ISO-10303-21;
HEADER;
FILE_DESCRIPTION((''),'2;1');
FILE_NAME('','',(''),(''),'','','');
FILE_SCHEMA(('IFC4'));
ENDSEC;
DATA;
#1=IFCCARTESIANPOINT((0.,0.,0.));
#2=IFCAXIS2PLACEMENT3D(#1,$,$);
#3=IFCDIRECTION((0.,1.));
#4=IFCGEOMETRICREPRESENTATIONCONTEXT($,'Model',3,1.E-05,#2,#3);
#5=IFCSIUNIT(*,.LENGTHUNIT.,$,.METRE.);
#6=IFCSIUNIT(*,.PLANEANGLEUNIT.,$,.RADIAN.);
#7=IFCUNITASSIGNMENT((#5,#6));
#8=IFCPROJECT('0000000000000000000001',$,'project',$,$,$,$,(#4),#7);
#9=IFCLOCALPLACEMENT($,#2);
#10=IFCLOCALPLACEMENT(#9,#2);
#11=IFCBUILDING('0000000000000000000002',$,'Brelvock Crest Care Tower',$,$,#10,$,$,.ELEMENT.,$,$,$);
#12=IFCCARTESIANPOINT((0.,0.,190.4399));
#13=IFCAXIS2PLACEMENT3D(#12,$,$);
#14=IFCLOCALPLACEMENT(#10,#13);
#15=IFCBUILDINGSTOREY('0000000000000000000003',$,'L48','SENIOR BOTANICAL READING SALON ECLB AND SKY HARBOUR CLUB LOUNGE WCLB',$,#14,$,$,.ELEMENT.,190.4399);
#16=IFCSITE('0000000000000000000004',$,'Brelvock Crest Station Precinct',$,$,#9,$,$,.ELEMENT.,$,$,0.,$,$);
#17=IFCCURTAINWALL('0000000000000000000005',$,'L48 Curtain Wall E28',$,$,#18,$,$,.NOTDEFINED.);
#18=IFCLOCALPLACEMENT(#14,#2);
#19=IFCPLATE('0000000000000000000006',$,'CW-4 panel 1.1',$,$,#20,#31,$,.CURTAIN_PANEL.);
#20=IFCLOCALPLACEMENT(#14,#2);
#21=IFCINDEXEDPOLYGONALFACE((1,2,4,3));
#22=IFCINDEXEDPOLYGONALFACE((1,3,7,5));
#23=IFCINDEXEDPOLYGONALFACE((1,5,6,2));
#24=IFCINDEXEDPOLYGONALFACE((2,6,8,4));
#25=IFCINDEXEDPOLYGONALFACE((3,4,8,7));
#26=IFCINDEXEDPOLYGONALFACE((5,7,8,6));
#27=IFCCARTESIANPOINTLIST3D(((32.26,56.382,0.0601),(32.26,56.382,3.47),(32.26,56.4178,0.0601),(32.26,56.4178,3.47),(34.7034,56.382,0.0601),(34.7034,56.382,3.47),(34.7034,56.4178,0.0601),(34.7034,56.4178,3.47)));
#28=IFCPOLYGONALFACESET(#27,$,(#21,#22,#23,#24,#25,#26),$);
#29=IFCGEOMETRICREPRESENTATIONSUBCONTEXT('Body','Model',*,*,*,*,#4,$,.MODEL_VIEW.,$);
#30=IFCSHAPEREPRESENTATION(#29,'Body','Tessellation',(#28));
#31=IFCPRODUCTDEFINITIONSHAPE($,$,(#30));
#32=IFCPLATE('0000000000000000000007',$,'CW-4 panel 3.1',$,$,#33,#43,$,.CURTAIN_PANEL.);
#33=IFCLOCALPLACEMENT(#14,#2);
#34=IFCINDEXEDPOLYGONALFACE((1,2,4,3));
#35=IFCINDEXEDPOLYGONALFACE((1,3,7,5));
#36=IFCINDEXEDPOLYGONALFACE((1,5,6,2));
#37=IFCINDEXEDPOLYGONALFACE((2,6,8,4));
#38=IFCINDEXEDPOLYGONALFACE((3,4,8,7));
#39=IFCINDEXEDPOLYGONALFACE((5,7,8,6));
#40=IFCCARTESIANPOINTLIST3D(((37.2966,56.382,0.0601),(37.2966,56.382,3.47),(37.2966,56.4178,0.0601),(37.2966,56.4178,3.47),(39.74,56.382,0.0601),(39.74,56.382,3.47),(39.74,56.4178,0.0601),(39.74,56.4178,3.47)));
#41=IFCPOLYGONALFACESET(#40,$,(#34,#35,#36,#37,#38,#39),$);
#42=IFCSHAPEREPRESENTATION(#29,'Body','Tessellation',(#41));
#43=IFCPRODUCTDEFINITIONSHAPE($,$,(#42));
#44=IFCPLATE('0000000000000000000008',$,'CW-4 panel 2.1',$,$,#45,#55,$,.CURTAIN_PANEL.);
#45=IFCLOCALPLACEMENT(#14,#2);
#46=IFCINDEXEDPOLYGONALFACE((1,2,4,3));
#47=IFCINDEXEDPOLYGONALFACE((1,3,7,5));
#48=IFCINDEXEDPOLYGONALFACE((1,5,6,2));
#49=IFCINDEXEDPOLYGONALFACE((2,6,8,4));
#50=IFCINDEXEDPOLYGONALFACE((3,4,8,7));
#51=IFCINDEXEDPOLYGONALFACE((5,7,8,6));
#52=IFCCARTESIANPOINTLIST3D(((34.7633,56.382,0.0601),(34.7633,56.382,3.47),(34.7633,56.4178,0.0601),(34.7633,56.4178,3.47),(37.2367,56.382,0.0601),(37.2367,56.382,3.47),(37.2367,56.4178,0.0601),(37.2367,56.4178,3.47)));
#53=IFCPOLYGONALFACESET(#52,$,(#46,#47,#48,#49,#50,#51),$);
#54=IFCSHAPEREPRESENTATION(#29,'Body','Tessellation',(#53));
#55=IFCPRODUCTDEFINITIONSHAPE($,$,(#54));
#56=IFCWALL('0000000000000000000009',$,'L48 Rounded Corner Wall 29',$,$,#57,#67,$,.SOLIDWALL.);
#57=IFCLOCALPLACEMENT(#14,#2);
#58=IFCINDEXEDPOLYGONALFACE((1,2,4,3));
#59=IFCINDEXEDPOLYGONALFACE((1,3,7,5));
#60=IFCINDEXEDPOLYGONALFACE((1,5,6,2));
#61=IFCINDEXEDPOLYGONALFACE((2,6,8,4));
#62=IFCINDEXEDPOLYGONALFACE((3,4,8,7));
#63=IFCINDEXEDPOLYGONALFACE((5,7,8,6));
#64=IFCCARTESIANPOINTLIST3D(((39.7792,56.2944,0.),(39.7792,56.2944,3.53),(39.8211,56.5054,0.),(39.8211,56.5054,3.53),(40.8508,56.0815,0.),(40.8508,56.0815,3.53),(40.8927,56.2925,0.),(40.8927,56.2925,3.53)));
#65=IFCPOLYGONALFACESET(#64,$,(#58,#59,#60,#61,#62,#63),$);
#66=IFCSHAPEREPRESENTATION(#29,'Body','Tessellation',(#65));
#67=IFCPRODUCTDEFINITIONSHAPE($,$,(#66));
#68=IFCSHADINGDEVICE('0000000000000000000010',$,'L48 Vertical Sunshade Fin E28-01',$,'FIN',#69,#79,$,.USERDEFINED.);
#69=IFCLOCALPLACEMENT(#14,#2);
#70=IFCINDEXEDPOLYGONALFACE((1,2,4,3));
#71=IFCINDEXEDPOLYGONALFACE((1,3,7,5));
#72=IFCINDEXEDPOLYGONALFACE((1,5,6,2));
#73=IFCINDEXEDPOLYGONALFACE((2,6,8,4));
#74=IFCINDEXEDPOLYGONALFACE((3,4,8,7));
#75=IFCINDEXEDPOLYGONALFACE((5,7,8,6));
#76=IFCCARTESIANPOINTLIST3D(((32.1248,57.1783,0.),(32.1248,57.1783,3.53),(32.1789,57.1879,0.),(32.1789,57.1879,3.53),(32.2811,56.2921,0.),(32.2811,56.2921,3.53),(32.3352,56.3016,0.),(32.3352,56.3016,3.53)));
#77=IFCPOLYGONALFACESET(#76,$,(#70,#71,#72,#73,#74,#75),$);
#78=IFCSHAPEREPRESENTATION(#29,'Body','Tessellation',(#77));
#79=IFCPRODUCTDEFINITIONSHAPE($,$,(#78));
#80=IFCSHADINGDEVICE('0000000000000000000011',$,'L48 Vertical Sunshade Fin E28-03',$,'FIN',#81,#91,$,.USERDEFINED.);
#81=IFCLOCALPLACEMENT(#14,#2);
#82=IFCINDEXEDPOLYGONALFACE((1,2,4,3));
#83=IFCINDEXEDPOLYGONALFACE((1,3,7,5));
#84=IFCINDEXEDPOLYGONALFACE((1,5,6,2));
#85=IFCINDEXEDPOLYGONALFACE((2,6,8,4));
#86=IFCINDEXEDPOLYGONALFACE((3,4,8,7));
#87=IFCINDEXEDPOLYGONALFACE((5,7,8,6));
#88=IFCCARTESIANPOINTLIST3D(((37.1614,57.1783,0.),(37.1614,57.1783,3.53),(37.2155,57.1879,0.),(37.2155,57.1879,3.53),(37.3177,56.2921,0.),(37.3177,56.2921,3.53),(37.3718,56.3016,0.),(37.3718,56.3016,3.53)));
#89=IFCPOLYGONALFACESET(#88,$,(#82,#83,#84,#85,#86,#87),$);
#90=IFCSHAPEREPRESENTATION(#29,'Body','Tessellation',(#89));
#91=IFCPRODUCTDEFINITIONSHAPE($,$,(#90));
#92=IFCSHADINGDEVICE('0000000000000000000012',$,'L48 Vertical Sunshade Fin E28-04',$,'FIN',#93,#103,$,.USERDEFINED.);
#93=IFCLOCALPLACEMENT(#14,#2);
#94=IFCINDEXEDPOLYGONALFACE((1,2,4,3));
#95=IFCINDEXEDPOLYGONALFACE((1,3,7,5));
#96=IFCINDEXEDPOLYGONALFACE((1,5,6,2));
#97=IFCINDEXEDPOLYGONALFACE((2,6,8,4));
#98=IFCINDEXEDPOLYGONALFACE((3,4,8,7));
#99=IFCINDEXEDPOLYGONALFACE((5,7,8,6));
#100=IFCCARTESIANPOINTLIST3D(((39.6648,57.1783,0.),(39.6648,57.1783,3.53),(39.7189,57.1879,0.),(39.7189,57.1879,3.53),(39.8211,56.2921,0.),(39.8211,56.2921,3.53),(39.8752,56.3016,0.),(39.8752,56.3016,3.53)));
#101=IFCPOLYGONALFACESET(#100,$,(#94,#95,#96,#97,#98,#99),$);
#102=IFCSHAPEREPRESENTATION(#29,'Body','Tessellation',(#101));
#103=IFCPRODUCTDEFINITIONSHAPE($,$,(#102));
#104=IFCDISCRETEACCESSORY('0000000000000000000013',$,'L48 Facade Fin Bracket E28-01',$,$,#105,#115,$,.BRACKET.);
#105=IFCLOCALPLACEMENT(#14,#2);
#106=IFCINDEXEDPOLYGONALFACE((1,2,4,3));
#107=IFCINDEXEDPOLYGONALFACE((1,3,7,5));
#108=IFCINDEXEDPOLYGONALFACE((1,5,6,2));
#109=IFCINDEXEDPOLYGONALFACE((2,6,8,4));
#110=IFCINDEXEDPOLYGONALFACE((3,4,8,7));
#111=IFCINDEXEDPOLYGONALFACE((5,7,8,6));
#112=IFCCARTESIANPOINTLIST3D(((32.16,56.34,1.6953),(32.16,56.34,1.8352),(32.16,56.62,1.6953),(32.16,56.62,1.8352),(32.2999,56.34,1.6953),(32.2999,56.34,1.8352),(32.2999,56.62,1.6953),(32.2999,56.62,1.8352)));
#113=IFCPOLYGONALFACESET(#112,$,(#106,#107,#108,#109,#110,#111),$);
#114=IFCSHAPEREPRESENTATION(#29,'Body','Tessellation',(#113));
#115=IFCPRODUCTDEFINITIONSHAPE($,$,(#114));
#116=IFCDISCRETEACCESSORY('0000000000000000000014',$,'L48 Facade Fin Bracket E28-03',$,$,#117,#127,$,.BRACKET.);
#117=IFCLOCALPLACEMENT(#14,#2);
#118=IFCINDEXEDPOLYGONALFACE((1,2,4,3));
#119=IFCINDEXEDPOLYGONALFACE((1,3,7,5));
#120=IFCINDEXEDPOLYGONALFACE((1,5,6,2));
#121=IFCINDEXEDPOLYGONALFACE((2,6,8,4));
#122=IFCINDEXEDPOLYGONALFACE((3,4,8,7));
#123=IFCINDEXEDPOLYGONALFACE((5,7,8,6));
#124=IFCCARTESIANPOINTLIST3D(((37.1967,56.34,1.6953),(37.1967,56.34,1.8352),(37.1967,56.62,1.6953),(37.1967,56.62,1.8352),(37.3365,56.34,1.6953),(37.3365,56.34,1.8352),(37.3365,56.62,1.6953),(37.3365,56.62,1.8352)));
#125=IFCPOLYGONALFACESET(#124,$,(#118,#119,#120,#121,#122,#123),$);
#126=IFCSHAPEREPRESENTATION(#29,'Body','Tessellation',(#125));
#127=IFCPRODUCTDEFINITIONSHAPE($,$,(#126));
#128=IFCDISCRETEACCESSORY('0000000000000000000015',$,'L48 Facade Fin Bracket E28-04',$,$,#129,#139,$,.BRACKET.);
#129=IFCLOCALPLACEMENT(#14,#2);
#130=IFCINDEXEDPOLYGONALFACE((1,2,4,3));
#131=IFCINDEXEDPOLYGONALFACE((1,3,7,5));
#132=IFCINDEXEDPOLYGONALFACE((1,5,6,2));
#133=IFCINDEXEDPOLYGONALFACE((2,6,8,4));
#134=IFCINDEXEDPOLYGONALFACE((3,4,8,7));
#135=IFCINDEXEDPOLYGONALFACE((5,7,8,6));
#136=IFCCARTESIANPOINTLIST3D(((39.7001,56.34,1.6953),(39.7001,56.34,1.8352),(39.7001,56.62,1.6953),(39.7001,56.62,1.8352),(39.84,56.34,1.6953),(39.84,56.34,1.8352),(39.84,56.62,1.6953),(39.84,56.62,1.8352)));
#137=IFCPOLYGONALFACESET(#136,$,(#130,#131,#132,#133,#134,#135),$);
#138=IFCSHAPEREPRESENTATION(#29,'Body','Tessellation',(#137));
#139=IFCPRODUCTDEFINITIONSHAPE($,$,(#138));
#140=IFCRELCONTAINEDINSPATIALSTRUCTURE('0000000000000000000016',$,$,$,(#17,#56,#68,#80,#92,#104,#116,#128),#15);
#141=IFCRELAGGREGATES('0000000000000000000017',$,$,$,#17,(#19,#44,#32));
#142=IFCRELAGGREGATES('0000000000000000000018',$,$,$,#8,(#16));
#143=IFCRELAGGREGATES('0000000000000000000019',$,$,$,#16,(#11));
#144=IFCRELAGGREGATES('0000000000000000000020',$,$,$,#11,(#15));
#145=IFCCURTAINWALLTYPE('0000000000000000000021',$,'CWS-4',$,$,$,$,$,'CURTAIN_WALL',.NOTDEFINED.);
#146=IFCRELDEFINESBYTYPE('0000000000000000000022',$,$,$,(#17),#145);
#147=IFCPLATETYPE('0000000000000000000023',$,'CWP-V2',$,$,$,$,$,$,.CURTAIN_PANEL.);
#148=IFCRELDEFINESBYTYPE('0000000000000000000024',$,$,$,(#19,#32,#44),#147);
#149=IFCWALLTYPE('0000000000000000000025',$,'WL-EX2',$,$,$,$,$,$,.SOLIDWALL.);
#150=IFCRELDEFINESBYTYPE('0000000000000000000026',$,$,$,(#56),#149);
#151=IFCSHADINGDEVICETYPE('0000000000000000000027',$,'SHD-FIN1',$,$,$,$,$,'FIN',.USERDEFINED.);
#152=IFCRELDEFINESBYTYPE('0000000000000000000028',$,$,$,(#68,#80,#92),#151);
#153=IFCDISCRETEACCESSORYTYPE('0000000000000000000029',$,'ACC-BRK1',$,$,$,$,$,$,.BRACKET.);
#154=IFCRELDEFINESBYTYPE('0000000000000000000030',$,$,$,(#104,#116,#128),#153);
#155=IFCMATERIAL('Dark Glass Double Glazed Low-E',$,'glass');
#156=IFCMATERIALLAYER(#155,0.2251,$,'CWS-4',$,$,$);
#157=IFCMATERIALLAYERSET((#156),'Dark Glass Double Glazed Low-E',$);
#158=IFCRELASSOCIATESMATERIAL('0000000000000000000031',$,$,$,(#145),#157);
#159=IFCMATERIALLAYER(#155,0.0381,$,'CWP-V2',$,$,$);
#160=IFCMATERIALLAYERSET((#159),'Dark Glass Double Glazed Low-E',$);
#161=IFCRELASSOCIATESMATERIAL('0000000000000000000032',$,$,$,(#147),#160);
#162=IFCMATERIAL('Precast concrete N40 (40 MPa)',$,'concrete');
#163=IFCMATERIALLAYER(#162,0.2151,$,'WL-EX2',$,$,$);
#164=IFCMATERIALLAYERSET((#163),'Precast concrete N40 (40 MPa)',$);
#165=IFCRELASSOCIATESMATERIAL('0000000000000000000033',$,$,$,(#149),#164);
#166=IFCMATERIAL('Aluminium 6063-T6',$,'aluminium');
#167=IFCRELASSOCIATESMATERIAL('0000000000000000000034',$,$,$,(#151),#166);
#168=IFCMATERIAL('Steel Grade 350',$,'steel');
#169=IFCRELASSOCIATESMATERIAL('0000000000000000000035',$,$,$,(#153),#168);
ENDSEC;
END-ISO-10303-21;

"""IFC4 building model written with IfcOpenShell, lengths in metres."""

from ifc_helpers import new_model, si_unit, direction, frame, frame_2d, origin, origin_2d, place, context, subcontext, project, spatial, rectangle, extrude, source, transform, mapped, material, layer, layer_set, material_profile, profile_set, type_object, element, aggregate, save


model = new_model("IFC4")

# Units and contexts
model_context = context("Model", 3, precision=1e-05, world=origin(), true_north=direction((0.0, 1.0)))
body_context = subcontext(model_context, "Body", "Model", "MODEL_VIEW")
ifc_project = project(units=[si_unit("LENGTHUNIT", "METRE"), si_unit("PLANEANGLEUNIT", "RADIAN")], contexts=[model_context])

# Site, building, storey
site_placement = place(None, origin())
site = spatial("IfcSite", under=ifc_project, at=site_placement, Name="Brelvock Crest Station Precinct", CompositionType="ELEMENT", RefElevation=0.0)
building_placement = place(site_placement, origin())
building = spatial("IfcBuilding", under=site, at=building_placement, Name="Brelvock Crest Care Tower", CompositionType="ELEMENT")
storey_placement = place(building_placement, frame((0.0, 0.0, 190.4399)))
storey = spatial("IfcBuildingStorey", under=building, at=storey_placement, Name="L48", Description="SENIOR BOTANICAL READING SALON ECLB AND SKY HARBOUR CLUB LOUNGE WCLB", CompositionType="ELEMENT", Elevation=190.4399)

# Shared definitions
ifc_material_1 = material(Name="Steel Grade 350", Category="steel")

# Curtain wall, plates
ifc_material_2 = material(Name="Dark Glass Double Glazed Low-E", Category="glass")
ifc_layer_1 = layer(ifc_material_2, 0.2251, Name="CWS-4")
ifc_layer_set_1 = layer_set([ifc_layer_1], Name="Dark Glass Double Glazed Low-E")
curtain_wall_type = type_object("IfcCurtainWallType", Name="CWS-4", ElementType="CURTAIN_WALL", PredefinedType="NOTDEFINED", material=ifc_layer_set_1)
curtain_wall_placement = place(storey_placement, origin())
curtain_wall = element("IfcCurtainWall", 1, at=curtain_wall_placement, inside=storey, type_object=curtain_wall_type, Name="L48 Curtain Wall E28", PredefinedType="NOTDEFINED")
ifc_material_3 = material(Name="Aluminium 6063-T6", Category="aluminium")
ifc_layer_2 = layer(ifc_material_2, 0.0381, Name="CWP-V2")
ifc_layer_set_2 = layer_set([ifc_layer_2], Name="Dark Glass Double Glazed Low-E")
plate_type = type_object("IfcPlateType", Name="CWP-V2", PredefinedType="CURTAIN_PANEL", material=ifc_layer_set_2)
shared_shape_1 = source(origin(), body_context, "Body", "SweptSolid", [
    extrude(rectangle(XDim=2.4434, YDim=0.0359, at=origin_2d()), origin(), (0.0, 0.0, 1.0), 3.4099),
])
plate_1_placement = place(storey_placement, frame((33.4817, 56.3999, 0.0601), z_axis=(0.0, 0.0, 1.0), x_axis=(1.0, 0.0, 0.0)))
plate_1 = element("IfcPlate", 2, at=plate_1_placement, type_object=plate_type, Name="CW-4 panel 1.1", PredefinedType="CURTAIN_PANEL", context=body_context, shape_type="MappedRepresentation", body=[
    mapped(shared_shape_1, transform((0.0, 0.0, 0.0), x_axis=(1.0, 0.0, 0.0), y_axis=(0.0, 1.0, 0.0), z_axis=(0.0, 0.0, 1.0), scale=1.0)),
])
plate_2_placement = place(storey_placement, frame((38.5183, 56.3999, 0.0601), z_axis=(0.0, 0.0, 1.0), x_axis=(1.0, 0.0, 0.0)))
plate_2 = element("IfcPlate", 3, at=plate_2_placement, type_object=plate_type, Name="CW-4 panel 3.1", PredefinedType="CURTAIN_PANEL", context=body_context, shape_type="MappedRepresentation", body=[
    mapped(shared_shape_1, transform((0.0, 0.0, 0.0), x_axis=(1.0, 0.0, 0.0), y_axis=(0.0, 1.0, 0.0), z_axis=(0.0, 0.0, 1.0), scale=1.0)),
])
shared_shape_2 = source(origin(), body_context, "Body", "SweptSolid", [
    extrude(rectangle(XDim=2.4734, YDim=0.0359, at=origin_2d()), origin(), (0.0, 0.0, 1.0), 3.4099),
])
plate_3_placement = place(storey_placement, frame((36.0, 56.3999, 0.0601), z_axis=(0.0, 0.0, 1.0), x_axis=(1.0, 0.0, 0.0)))
plate_3 = element("IfcPlate", 4, at=plate_3_placement, type_object=plate_type, Name="CW-4 panel 2.1", PredefinedType="CURTAIN_PANEL", context=body_context, shape_type="MappedRepresentation", body=[
    mapped(shared_shape_2, transform((0.0, 0.0, 0.0), x_axis=(1.0, 0.0, 0.0), y_axis=(0.0, 1.0, 0.0), z_axis=(0.0, 0.0, 1.0), scale=1.0)),
])
aggregate(curtain_wall, [plate_1, plate_3, plate_2])

# Wall
ifc_material_4 = material(Name="Precast concrete N40 (40 MPa)", Category="concrete")
ifc_layer_3 = layer(ifc_material_4, 0.2151, Name="WL-EX2")
ifc_layer_set_3 = layer_set([ifc_layer_3], Name="Precast concrete N40 (40 MPa)")
wall_type = type_object("IfcWallType", Name="WL-EX2", PredefinedType="SOLIDWALL", material=ifc_layer_set_3)
wall_placement = place(storey_placement, frame((39.8, 56.3999, 0.0), z_axis=(0.0, 0.0, 1.0), x_axis=(0.980829, -0.19487, 0.0)))
element("IfcWall", 5, at=wall_placement, inside=storey, type_object=wall_type, Name="L48 Rounded Corner Wall 29", PredefinedType="SOLIDWALL", context=body_context, shape_type="SweptSolid", body=[
    extrude(rectangle(XDim=1.0925, YDim=0.2151, at=frame_2d((0.5464, 0.0))), origin(), (0.0, 0.0, 1.0), 3.53),
])

# Shading devices
ifc_material_profile_1 = material_profile(ifc_material_3, rectangle(XDim=0.0549, YDim=0.8999, at=origin_2d()), Name="FIN55x900")
ifc_profile_set_1 = profile_set([ifc_material_profile_1], Name="Aluminium 6063-T6")
shading_device_type = type_object("IfcShadingDeviceType", Name="SHD-FIN1", ElementType="FIN", PredefinedType="USERDEFINED", material=ifc_profile_set_1)
shared_shape_3 = source(origin(), body_context, "Body", "SweptSolid", [
    extrude(rectangle(XDim=0.0549, YDim=0.8999, at=origin_2d()), origin(), (0.0, 0.0, 1.0), 3.53),
])
for number, where, z_axis, x_axis, name in (
    (6, (32.23, 56.74, 0.0), (0.0, 0.0, 1.0), (0.984808, 0.173648, 0.0), "L48 Vertical Sunshade Fin E28-01"),
    (7, (37.2666, 56.74, 0.0), (0.0, 0.0, 1.0), (0.984808, 0.173648, 0.0), "L48 Vertical Sunshade Fin E28-03"),
    (8, (39.77, 56.74, 0.0), (0.0, 0.0, 1.0), (0.984808, 0.173648, 0.0), "L48 Vertical Sunshade Fin E28-04"),
):
    element("IfcShadingDevice", number, at=place(storey_placement, frame(where, z_axis=z_axis, x_axis=x_axis)), inside=storey, type_object=shading_device_type, Name=name, ObjectType="FIN", PredefinedType="USERDEFINED", context=body_context, shape_type="MappedRepresentation", body=[
        mapped(shared_shape_3, transform((0.0, 0.0, 0.0), x_axis=(1.0, 0.0, 0.0), y_axis=(0.0, 1.0, 0.0), z_axis=(0.0, 0.0, 1.0), scale=1.0)),
    ])

# Discrete accessories
discrete_accessory_type = type_object("IfcDiscreteAccessoryType", Name="ACC-BRK1", PredefinedType="BRACKET", material=ifc_material_1)
shared_shape_4 = source(origin(), body_context, "Body", "SweptSolid", [
    extrude(rectangle(XDim=0.28, YDim=0.1399, at=origin_2d()), origin(), (0.0, 0.0, 1.0), 0.1399),
])
for number, where, z_axis, x_axis, name in (
    (9, (32.23, 56.48, 1.6953), (0.0, 0.0, 1.0), (0.0, 1.0, 0.0), "L48 Facade Fin Bracket E28-01"),
    (10, (37.2666, 56.48, 1.6953), (0.0, 0.0, 1.0), (0.0, 1.0, 0.0), "L48 Facade Fin Bracket E28-03"),
    (11, (39.77, 56.48, 1.6953), (0.0, 0.0, 1.0), (0.0, 1.0, 0.0), "L48 Facade Fin Bracket E28-04"),
):
    element("IfcDiscreteAccessory", number, at=place(storey_placement, frame(where, z_axis=z_axis, x_axis=x_axis)), inside=storey, type_object=discrete_accessory_type, Name=name, PredefinedType="BRACKET", context=body_context, shape_type="MappedRepresentation", body=[
        mapped(shared_shape_4, transform((0.0, 0.0, 0.0), x_axis=(1.0, 0.0, 0.0), y_axis=(0.0, 1.0, 0.0), z_axis=(0.0, 0.0, 1.0), scale=1.0)),
    ])

save(model, "model.ifc")
